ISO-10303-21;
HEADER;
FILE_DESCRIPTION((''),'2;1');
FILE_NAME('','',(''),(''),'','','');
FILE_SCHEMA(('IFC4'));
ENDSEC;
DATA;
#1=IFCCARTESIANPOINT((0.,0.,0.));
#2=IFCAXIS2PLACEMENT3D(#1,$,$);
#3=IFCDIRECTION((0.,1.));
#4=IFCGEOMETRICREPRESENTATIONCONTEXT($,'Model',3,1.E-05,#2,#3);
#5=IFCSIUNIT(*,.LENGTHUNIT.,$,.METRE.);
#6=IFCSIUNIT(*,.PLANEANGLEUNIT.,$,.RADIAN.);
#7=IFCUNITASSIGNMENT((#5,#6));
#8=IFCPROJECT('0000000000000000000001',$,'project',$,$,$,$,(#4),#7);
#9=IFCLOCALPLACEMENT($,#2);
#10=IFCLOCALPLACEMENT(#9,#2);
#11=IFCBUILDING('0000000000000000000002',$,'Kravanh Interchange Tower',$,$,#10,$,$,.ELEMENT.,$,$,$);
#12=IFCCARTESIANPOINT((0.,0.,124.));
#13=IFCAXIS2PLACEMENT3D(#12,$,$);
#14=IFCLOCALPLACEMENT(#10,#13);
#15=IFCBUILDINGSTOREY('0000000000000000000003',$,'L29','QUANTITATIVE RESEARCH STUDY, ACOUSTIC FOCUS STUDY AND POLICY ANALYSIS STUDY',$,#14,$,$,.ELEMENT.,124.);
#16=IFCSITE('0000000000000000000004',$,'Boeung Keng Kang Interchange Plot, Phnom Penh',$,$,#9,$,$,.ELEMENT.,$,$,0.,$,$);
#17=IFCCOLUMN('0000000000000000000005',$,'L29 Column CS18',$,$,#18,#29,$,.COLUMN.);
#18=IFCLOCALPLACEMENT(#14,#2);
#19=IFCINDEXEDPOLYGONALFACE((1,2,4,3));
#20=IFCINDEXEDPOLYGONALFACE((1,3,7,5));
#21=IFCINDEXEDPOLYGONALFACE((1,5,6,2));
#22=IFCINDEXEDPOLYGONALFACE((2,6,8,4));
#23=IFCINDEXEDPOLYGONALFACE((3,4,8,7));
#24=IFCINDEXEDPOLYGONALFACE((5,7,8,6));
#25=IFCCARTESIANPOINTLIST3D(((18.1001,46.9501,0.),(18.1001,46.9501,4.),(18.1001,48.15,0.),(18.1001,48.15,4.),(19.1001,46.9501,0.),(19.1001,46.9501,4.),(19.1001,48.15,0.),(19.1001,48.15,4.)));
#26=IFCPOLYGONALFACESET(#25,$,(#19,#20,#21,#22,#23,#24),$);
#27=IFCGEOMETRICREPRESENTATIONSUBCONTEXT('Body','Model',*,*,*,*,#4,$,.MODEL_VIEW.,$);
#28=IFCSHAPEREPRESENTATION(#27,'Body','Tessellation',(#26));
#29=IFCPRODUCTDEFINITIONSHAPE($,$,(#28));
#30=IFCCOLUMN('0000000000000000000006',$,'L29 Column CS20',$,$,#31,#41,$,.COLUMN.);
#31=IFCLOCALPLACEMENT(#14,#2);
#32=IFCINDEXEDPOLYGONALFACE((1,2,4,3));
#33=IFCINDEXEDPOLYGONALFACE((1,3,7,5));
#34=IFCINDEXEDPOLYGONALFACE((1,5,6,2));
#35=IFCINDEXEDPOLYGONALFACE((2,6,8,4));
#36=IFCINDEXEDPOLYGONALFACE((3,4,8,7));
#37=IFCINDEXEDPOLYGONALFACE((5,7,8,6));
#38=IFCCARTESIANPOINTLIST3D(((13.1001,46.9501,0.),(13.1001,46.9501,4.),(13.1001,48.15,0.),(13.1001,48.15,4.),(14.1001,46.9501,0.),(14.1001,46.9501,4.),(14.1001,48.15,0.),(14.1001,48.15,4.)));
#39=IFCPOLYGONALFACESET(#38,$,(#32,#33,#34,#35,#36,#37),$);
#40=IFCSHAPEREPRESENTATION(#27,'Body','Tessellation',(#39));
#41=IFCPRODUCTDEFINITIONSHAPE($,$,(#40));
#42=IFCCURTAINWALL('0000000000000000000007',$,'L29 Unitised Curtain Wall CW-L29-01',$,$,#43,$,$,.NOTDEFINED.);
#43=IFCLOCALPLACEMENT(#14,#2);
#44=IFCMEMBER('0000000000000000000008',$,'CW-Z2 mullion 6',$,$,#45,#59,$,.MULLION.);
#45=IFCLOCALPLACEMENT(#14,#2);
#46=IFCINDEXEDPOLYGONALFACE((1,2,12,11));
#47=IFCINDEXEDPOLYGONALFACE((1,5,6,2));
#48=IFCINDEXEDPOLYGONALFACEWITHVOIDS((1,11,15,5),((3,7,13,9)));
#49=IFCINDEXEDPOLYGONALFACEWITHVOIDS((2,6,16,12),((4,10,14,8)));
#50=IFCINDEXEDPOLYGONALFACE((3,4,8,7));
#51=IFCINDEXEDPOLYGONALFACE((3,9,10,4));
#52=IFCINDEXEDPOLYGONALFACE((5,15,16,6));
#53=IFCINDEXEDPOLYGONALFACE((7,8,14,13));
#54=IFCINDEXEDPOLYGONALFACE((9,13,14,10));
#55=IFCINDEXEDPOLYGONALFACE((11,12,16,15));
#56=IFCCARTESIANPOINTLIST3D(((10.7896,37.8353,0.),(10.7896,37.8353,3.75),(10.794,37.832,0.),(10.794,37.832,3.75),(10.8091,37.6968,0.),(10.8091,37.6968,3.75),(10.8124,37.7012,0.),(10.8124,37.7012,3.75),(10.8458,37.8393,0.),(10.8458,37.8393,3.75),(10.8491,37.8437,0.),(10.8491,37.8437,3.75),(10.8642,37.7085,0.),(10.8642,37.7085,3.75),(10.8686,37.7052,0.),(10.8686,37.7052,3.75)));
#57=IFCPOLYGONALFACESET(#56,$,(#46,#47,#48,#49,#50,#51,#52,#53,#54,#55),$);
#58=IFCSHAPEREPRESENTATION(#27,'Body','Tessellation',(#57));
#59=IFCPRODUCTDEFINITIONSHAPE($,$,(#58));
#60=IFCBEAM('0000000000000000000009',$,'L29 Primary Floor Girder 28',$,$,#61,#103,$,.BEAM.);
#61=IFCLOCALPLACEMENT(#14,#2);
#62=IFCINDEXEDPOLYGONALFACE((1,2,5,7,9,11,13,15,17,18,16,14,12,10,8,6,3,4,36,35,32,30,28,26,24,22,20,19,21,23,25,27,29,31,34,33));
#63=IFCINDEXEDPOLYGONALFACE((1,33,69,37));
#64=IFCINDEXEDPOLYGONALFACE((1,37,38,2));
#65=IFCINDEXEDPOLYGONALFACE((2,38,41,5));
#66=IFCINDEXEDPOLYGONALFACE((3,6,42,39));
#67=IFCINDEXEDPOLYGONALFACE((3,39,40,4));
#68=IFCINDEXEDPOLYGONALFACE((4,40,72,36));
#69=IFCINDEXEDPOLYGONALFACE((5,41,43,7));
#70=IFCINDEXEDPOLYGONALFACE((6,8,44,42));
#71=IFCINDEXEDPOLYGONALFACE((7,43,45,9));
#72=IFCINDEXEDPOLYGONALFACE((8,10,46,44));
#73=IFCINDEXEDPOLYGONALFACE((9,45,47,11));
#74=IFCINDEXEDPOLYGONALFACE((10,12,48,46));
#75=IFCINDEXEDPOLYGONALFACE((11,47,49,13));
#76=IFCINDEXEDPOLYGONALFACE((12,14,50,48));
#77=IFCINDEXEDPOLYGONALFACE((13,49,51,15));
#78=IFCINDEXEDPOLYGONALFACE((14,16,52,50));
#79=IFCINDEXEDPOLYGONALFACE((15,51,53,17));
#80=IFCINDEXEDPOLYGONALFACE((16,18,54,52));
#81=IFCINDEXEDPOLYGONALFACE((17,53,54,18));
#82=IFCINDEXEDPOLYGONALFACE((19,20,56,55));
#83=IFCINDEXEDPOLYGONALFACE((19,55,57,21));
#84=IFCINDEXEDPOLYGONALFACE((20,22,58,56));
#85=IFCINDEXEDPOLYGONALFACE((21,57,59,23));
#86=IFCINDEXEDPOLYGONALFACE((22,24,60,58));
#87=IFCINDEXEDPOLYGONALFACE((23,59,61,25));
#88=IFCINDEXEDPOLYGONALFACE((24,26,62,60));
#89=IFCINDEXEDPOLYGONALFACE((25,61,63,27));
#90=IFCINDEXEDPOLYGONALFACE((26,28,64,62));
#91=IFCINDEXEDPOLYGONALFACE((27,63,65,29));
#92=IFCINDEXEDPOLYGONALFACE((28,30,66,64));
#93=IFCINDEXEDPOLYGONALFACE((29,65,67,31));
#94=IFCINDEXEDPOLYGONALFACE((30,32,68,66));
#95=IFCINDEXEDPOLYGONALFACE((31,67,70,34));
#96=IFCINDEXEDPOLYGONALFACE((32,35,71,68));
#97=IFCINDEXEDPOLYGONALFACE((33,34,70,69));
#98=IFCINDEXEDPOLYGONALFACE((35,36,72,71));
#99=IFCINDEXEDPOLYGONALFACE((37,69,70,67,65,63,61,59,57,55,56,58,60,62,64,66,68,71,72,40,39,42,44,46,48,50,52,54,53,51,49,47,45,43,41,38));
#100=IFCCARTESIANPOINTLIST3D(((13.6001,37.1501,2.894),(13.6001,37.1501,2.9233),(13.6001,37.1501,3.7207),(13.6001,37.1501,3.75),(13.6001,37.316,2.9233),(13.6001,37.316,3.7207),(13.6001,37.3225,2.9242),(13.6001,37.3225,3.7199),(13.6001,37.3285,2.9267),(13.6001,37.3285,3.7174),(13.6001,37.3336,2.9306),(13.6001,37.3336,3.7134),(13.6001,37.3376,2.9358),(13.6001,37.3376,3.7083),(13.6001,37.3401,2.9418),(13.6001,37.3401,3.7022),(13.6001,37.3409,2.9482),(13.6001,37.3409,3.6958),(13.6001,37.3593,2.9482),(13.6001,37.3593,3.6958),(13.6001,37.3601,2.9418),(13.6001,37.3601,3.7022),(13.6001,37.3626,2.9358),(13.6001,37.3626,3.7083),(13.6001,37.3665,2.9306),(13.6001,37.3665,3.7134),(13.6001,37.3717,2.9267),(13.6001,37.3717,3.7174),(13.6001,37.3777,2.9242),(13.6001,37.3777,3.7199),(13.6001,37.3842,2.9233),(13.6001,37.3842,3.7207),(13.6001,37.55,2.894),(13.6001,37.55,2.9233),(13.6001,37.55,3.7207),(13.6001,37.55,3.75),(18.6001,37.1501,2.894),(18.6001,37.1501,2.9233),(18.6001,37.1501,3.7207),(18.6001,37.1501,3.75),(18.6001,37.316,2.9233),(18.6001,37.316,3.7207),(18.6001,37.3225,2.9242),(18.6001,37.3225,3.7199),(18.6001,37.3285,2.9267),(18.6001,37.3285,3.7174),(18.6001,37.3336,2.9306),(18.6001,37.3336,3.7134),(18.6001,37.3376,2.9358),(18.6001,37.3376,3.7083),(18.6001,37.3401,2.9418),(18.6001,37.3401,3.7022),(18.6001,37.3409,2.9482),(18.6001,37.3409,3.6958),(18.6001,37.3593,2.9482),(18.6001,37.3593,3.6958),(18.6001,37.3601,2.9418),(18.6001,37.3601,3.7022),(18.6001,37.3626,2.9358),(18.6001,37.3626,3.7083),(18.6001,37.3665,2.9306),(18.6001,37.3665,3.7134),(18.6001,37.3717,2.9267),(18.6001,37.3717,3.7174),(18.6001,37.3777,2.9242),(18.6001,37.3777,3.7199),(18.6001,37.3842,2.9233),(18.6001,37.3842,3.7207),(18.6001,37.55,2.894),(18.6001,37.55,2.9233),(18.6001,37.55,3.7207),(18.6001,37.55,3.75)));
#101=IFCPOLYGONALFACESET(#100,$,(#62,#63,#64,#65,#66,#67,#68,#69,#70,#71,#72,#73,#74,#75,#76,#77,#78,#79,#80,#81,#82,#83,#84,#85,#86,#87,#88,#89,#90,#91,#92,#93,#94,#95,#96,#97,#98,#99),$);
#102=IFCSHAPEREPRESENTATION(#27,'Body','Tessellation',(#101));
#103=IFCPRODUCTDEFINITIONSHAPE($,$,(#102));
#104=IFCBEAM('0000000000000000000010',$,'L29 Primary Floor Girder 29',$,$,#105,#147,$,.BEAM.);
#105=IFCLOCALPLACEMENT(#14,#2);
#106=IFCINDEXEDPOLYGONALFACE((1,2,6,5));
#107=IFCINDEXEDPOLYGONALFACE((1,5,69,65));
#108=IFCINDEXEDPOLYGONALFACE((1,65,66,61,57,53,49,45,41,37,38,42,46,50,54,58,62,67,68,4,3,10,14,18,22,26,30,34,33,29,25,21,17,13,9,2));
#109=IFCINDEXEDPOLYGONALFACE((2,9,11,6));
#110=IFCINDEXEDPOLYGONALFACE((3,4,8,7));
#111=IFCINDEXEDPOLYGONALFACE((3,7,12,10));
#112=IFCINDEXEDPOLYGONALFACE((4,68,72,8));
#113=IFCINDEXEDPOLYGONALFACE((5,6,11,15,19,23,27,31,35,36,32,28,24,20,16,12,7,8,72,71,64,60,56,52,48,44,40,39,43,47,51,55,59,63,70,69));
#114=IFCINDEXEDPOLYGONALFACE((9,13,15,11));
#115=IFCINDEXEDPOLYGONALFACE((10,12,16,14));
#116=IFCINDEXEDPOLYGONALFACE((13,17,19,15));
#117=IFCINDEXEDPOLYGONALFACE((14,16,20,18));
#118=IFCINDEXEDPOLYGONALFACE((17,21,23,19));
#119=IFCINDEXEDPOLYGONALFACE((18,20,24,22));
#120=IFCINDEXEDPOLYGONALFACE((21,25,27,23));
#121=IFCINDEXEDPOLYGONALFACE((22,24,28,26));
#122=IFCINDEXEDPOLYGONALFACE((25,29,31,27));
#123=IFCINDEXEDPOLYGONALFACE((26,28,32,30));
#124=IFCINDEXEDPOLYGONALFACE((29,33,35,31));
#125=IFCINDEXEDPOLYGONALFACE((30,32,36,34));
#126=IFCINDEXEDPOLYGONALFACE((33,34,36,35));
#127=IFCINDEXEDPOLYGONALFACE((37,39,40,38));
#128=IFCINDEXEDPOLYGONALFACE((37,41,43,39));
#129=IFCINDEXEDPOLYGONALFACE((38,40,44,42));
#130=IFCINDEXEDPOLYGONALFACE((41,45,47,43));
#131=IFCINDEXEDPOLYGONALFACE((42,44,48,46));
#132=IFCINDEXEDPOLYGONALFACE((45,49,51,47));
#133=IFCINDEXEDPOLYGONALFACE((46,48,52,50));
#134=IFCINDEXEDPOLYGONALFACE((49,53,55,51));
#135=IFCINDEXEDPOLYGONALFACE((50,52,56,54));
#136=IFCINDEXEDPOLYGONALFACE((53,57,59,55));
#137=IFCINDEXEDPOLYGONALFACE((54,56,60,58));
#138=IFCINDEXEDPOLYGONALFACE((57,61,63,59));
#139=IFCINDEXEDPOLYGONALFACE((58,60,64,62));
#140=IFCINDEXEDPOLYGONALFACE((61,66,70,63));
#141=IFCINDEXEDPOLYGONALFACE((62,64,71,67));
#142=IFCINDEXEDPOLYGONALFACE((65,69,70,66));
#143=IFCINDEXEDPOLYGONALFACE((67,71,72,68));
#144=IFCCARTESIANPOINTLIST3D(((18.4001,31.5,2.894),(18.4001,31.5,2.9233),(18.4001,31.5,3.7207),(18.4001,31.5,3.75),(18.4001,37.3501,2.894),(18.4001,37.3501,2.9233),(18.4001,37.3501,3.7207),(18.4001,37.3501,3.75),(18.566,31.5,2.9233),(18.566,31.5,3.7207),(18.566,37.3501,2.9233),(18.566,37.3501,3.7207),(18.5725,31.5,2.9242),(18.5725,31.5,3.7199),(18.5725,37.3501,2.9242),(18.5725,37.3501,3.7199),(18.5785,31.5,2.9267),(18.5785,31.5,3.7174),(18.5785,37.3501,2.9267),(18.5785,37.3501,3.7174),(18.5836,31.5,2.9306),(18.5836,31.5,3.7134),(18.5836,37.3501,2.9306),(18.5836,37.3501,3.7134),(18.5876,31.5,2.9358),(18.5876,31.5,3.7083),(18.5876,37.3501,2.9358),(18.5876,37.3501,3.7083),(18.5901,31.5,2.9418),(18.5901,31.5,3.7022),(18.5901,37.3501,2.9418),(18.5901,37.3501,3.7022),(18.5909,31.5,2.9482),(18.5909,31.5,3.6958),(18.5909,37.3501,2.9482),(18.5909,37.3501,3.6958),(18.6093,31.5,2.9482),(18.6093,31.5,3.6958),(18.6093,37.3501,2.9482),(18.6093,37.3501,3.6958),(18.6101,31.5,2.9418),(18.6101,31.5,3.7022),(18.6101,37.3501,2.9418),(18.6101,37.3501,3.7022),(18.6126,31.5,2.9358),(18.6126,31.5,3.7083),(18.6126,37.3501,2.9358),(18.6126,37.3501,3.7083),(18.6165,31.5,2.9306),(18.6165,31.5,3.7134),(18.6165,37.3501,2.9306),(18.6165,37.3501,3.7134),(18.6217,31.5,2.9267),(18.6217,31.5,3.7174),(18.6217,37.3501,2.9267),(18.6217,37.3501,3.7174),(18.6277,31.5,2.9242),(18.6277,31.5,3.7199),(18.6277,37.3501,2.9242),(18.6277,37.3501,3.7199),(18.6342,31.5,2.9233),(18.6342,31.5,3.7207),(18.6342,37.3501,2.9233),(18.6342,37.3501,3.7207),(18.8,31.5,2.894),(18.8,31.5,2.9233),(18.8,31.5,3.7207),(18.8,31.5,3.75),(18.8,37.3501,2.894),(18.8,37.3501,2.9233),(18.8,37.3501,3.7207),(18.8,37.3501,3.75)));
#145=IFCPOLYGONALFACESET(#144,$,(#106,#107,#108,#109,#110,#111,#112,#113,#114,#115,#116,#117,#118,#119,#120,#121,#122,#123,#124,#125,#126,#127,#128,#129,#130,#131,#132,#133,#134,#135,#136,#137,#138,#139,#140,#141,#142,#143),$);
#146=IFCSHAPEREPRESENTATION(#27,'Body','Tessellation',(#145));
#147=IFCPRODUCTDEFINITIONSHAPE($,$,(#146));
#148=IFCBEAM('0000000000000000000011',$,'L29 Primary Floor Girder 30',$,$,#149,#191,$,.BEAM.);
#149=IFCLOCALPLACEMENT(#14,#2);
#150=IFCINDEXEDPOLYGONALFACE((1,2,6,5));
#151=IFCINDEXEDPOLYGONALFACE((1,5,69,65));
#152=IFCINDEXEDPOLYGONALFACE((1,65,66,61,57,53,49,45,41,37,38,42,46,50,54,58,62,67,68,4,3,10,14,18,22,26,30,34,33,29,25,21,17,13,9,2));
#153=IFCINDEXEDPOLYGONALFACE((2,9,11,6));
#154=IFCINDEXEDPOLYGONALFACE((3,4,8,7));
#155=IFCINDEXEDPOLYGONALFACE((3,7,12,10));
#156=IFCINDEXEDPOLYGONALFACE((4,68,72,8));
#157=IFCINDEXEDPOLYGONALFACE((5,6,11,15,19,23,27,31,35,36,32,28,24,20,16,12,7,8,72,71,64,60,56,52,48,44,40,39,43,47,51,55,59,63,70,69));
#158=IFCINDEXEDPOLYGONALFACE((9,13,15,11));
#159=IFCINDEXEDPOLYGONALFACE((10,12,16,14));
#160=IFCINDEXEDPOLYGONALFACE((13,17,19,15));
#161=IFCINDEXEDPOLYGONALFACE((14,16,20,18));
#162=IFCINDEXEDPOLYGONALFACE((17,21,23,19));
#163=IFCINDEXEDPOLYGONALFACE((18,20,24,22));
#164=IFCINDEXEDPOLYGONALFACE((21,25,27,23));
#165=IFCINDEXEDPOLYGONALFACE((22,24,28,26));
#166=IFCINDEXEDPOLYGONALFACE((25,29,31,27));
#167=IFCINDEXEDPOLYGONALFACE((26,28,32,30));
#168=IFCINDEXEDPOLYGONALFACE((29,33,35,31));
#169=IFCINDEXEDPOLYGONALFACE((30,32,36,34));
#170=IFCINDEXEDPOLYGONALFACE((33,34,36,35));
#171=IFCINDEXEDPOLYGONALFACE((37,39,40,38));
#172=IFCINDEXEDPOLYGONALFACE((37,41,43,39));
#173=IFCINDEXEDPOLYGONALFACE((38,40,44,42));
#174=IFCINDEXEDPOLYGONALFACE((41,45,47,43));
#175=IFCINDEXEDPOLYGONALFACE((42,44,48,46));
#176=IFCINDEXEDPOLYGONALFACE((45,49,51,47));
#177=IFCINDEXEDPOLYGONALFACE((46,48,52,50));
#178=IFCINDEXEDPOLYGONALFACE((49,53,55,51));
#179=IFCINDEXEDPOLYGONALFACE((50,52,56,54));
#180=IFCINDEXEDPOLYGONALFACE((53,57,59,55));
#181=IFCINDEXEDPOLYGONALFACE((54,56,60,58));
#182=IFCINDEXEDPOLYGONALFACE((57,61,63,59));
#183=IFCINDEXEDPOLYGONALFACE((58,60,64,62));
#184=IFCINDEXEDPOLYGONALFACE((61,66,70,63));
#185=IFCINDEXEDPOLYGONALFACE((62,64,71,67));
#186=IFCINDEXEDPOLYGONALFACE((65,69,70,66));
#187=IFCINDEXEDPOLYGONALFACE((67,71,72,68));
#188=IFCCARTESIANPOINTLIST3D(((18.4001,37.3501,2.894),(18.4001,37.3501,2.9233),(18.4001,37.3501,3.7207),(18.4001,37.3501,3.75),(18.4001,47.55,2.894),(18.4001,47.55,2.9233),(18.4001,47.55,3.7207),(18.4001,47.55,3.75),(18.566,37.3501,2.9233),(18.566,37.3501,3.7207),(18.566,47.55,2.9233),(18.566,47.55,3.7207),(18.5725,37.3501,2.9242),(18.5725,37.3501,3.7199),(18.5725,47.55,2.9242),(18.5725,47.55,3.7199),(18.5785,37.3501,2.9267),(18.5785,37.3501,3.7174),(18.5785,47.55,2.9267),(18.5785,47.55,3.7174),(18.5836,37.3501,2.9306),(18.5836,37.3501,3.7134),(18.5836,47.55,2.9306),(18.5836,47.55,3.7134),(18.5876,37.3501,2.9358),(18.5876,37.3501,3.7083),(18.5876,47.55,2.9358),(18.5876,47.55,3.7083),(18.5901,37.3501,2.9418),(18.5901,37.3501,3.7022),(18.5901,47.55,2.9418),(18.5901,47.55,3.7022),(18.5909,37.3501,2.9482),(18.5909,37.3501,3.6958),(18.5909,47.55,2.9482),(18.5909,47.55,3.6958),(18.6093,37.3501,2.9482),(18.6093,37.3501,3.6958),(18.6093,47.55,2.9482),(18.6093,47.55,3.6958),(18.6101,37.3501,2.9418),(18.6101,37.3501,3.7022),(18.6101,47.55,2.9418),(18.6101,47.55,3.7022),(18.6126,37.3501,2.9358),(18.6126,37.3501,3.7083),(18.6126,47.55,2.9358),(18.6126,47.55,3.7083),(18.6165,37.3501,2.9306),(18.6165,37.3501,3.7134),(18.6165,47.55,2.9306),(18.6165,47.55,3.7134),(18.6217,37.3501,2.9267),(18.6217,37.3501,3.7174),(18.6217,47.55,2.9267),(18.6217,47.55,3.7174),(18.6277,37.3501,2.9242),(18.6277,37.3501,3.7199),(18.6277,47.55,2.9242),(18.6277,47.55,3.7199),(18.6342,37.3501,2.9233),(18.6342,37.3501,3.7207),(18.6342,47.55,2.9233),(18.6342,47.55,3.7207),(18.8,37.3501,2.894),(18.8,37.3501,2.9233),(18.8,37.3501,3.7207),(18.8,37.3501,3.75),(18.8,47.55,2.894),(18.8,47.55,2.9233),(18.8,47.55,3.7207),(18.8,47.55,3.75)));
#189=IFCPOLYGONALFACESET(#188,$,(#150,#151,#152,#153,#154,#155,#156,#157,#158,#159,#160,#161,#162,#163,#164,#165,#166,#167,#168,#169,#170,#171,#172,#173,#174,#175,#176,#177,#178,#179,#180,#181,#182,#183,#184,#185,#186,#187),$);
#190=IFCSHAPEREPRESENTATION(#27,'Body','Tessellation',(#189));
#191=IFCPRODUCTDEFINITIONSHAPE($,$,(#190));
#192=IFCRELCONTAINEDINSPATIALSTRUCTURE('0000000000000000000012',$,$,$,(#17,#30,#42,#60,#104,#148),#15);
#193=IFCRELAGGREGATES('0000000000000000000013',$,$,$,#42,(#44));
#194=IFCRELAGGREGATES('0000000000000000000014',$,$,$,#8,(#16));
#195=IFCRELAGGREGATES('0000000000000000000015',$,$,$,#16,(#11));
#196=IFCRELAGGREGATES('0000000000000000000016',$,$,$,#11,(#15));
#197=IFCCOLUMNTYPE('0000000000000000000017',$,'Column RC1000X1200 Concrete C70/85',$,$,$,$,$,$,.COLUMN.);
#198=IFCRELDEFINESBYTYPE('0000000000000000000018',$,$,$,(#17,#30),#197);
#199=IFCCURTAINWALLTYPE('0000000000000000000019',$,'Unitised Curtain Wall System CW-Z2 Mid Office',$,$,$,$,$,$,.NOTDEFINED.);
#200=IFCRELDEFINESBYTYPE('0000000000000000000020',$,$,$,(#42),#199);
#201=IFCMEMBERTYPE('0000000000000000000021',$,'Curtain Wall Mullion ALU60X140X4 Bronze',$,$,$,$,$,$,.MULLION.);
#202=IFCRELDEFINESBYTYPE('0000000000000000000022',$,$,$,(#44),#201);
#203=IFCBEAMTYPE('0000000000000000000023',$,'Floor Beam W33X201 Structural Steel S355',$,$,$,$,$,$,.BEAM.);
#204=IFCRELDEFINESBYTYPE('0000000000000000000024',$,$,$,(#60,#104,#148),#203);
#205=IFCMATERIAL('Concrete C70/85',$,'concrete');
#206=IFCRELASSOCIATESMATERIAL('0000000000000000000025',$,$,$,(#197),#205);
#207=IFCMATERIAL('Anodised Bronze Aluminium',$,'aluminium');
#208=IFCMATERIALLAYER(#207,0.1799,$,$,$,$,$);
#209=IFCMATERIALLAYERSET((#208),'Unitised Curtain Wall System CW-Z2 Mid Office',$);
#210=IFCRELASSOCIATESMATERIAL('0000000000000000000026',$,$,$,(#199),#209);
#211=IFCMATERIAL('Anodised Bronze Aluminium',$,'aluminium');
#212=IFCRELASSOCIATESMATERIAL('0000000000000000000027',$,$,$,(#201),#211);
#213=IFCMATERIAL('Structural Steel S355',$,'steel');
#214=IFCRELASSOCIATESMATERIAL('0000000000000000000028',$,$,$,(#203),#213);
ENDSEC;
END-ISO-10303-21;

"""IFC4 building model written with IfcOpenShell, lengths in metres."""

from ifc_helpers import new_model, si_unit, direction, frame, origin, origin_2d, place, context, subcontext, project, spatial, rectangle, hollow_rectangle, i_section, extrude, material, layer, layer_set, material_profile, profile_set, type_object, element, aggregate, save


model = new_model("IFC4")

# Units and contexts
model_context = context("Model", 3, precision=1e-05, world=origin(), true_north=direction((0.0, 1.0)))
body_context = subcontext(model_context, "Body", "Model", "MODEL_VIEW")
ifc_project = project(units=[si_unit("LENGTHUNIT", "METRE"), si_unit("PLANEANGLEUNIT", "RADIAN")], contexts=[model_context])

# Site, building, storey
site_placement = place(None, origin())
site = spatial("IfcSite", under=ifc_project, at=site_placement, Name="Boeung Keng Kang Interchange Plot, Phnom Penh", CompositionType="ELEMENT", RefElevation=0.0)
building_placement = place(site_placement, origin())
building = spatial("IfcBuilding", under=site, at=building_placement, Name="Kravanh Interchange Tower", CompositionType="ELEMENT")
storey_placement = place(building_placement, frame((0.0, 0.0, 124.0)))
storey = spatial("IfcBuildingStorey", under=building, at=storey_placement, Name="L29", Description="QUANTITATIVE RESEARCH STUDY, ACOUSTIC FOCUS STUDY AND POLICY ANALYSIS STUDY", CompositionType="ELEMENT", Elevation=124.0)

# Columns
ifc_material_1 = material(Name="Concrete C70/85", Category="concrete")
ifc_material_profile_1 = material_profile(ifc_material_1, rectangle(XDim=1.0, YDim=1.2, at=origin_2d()), Name="RC1000X1200")
ifc_profile_set_1 = profile_set([ifc_material_profile_1], Name="Concrete C70/85")
column_type = type_object("IfcColumnType", Name="Column RC1000X1200 Concrete C70/85", PredefinedType="COLUMN", material=ifc_profile_set_1)
for number, where, z_axis, x_axis, name in (
    (1, (18.6001, 47.55, 0.0), (0.0, 0.0, 1.0), (1.0, 0.0, 0.0), "L29 Column CS18"),
    (2, (13.6001, 47.55, 0.0), (0.0, 0.0, 1.0), (1.0, 0.0, 0.0), "L29 Column CS20"),
):
    element("IfcColumn", number, at=place(storey_placement, frame(where, z_axis=z_axis, x_axis=x_axis)), inside=storey, type_object=column_type, Name=name, PredefinedType="COLUMN", context=body_context, shape_type="SweptSolid", body=[
        extrude(rectangle(XDim=1.0, YDim=1.2, at=origin_2d()), origin(), (0.0, 0.0, 1.0), 4.0),
    ])

# Curtain wall, member
ifc_material_2 = material(Name="Anodised Bronze Aluminium", Category="aluminium")
ifc_layer_1 = layer(ifc_material_2, 0.1799)
ifc_layer_set_1 = layer_set([ifc_layer_1], Name="Unitised Curtain Wall System CW-Z2 Mid Office")
curtain_wall_type = type_object("IfcCurtainWallType", Name="Unitised Curtain Wall System CW-Z2 Mid Office", PredefinedType="NOTDEFINED", material=ifc_layer_set_1)
curtain_wall_placement = place(storey_placement, origin())
curtain_wall = element("IfcCurtainWall", 3, at=curtain_wall_placement, inside=storey, type_object=curtain_wall_type, Name="L29 Unitised Curtain Wall CW-L29-01", PredefinedType="NOTDEFINED")
ifc_material_3 = material(Name="Anodised Bronze Aluminium", Category="aluminium")
ifc_material_profile_2 = material_profile(ifc_material_3, hollow_rectangle(XDim=0.0601, YDim=0.1399, WallThickness=0.0039, at=origin_2d()), Name="ALU60X140X4")
ifc_profile_set_2 = profile_set([ifc_material_profile_2], Name="Anodised Bronze Aluminium")
member_type = type_object("IfcMemberType", Name="Curtain Wall Mullion ALU60X140X4 Bronze", PredefinedType="MULLION", material=ifc_profile_set_2)
member_placement = place(storey_placement, frame((10.8291, 37.7703, 0.0), z_axis=(0.0, 0.0, 1.0), x_axis=(-0.990268, -0.139173, 0.0)))
member = element("IfcMember", 4, at=member_placement, type_object=member_type, Name="CW-Z2 mullion 6", PredefinedType="MULLION", context=body_context, shape_type="SweptSolid", body=[
    extrude(hollow_rectangle(XDim=0.0601, YDim=0.1399, WallThickness=0.0039, at=origin_2d()), origin(), (0.0, 0.0, 1.0), 3.75),
])
aggregate(curtain_wall, [member])

# Beams
ifc_material_4 = material(Name="Structural Steel S355", Category="steel")
ifc_material_profile_3 = material_profile(ifc_material_4, i_section(OverallWidth=0.3999, OverallDepth=0.856, WebThickness=0.0183, FlangeThickness=0.0293, FilletRadius=0.0249, at=origin_2d()), Name="W33X201")
ifc_profile_set_3 = profile_set([ifc_material_profile_3], Name="Structural Steel S355")
beam_type = type_object("IfcBeamType", Name="Floor Beam W33X201 Structural Steel S355", PredefinedType="BEAM", material=ifc_profile_set_3)
beam_1_placement = place(storey_placement, frame((18.6001, 37.3501, 3.322), z_axis=(-1.0, 0.0, 0.0), x_axis=(0.0, -1.0, 0.0)))
element("IfcBeam", 5, at=beam_1_placement, inside=storey, type_object=beam_type, Name="L29 Primary Floor Girder 28", PredefinedType="BEAM", context=body_context, shape_type="SweptSolid", body=[
    extrude(i_section(OverallWidth=0.3999, OverallDepth=0.856, WebThickness=0.0183, FlangeThickness=0.0293, FilletRadius=0.0249, at=origin_2d()), origin(), (0.0, 0.0, 1.0), 5.0),
])
beam_2_placement = place(storey_placement, frame((18.6001, 37.3501, 3.322), z_axis=(0.0, -1.0, 0.0), x_axis=(1.0, 0.0, 0.0)))
element("IfcBeam", 6, at=beam_2_placement, inside=storey, type_object=beam_type, Name="L29 Primary Floor Girder 29", PredefinedType="BEAM", context=body_context, shape_type="SweptSolid", body=[
    extrude(i_section(OverallWidth=0.3999, OverallDepth=0.856, WebThickness=0.0183, FlangeThickness=0.0293, FilletRadius=0.0249, at=origin_2d()), origin(), (0.0, 0.0, 1.0), 5.8501),
])
beam_3_placement = place(storey_placement, frame((18.6001, 37.3501, 3.322), z_axis=(0.0, 1.0, 0.0), x_axis=(-1.0, 0.0, 0.0)))
element("IfcBeam", 7, at=beam_3_placement, inside=storey, type_object=beam_type, Name="L29 Primary Floor Girder 30", PredefinedType="BEAM", context=body_context, shape_type="SweptSolid", body=[
    extrude(i_section(OverallWidth=0.3999, OverallDepth=0.856, WebThickness=0.0183, FlangeThickness=0.0293, FilletRadius=0.0249, at=origin_2d()), origin(), (0.0, 0.0, 1.0), 10.2),
])

save(model, "model.ifc")
